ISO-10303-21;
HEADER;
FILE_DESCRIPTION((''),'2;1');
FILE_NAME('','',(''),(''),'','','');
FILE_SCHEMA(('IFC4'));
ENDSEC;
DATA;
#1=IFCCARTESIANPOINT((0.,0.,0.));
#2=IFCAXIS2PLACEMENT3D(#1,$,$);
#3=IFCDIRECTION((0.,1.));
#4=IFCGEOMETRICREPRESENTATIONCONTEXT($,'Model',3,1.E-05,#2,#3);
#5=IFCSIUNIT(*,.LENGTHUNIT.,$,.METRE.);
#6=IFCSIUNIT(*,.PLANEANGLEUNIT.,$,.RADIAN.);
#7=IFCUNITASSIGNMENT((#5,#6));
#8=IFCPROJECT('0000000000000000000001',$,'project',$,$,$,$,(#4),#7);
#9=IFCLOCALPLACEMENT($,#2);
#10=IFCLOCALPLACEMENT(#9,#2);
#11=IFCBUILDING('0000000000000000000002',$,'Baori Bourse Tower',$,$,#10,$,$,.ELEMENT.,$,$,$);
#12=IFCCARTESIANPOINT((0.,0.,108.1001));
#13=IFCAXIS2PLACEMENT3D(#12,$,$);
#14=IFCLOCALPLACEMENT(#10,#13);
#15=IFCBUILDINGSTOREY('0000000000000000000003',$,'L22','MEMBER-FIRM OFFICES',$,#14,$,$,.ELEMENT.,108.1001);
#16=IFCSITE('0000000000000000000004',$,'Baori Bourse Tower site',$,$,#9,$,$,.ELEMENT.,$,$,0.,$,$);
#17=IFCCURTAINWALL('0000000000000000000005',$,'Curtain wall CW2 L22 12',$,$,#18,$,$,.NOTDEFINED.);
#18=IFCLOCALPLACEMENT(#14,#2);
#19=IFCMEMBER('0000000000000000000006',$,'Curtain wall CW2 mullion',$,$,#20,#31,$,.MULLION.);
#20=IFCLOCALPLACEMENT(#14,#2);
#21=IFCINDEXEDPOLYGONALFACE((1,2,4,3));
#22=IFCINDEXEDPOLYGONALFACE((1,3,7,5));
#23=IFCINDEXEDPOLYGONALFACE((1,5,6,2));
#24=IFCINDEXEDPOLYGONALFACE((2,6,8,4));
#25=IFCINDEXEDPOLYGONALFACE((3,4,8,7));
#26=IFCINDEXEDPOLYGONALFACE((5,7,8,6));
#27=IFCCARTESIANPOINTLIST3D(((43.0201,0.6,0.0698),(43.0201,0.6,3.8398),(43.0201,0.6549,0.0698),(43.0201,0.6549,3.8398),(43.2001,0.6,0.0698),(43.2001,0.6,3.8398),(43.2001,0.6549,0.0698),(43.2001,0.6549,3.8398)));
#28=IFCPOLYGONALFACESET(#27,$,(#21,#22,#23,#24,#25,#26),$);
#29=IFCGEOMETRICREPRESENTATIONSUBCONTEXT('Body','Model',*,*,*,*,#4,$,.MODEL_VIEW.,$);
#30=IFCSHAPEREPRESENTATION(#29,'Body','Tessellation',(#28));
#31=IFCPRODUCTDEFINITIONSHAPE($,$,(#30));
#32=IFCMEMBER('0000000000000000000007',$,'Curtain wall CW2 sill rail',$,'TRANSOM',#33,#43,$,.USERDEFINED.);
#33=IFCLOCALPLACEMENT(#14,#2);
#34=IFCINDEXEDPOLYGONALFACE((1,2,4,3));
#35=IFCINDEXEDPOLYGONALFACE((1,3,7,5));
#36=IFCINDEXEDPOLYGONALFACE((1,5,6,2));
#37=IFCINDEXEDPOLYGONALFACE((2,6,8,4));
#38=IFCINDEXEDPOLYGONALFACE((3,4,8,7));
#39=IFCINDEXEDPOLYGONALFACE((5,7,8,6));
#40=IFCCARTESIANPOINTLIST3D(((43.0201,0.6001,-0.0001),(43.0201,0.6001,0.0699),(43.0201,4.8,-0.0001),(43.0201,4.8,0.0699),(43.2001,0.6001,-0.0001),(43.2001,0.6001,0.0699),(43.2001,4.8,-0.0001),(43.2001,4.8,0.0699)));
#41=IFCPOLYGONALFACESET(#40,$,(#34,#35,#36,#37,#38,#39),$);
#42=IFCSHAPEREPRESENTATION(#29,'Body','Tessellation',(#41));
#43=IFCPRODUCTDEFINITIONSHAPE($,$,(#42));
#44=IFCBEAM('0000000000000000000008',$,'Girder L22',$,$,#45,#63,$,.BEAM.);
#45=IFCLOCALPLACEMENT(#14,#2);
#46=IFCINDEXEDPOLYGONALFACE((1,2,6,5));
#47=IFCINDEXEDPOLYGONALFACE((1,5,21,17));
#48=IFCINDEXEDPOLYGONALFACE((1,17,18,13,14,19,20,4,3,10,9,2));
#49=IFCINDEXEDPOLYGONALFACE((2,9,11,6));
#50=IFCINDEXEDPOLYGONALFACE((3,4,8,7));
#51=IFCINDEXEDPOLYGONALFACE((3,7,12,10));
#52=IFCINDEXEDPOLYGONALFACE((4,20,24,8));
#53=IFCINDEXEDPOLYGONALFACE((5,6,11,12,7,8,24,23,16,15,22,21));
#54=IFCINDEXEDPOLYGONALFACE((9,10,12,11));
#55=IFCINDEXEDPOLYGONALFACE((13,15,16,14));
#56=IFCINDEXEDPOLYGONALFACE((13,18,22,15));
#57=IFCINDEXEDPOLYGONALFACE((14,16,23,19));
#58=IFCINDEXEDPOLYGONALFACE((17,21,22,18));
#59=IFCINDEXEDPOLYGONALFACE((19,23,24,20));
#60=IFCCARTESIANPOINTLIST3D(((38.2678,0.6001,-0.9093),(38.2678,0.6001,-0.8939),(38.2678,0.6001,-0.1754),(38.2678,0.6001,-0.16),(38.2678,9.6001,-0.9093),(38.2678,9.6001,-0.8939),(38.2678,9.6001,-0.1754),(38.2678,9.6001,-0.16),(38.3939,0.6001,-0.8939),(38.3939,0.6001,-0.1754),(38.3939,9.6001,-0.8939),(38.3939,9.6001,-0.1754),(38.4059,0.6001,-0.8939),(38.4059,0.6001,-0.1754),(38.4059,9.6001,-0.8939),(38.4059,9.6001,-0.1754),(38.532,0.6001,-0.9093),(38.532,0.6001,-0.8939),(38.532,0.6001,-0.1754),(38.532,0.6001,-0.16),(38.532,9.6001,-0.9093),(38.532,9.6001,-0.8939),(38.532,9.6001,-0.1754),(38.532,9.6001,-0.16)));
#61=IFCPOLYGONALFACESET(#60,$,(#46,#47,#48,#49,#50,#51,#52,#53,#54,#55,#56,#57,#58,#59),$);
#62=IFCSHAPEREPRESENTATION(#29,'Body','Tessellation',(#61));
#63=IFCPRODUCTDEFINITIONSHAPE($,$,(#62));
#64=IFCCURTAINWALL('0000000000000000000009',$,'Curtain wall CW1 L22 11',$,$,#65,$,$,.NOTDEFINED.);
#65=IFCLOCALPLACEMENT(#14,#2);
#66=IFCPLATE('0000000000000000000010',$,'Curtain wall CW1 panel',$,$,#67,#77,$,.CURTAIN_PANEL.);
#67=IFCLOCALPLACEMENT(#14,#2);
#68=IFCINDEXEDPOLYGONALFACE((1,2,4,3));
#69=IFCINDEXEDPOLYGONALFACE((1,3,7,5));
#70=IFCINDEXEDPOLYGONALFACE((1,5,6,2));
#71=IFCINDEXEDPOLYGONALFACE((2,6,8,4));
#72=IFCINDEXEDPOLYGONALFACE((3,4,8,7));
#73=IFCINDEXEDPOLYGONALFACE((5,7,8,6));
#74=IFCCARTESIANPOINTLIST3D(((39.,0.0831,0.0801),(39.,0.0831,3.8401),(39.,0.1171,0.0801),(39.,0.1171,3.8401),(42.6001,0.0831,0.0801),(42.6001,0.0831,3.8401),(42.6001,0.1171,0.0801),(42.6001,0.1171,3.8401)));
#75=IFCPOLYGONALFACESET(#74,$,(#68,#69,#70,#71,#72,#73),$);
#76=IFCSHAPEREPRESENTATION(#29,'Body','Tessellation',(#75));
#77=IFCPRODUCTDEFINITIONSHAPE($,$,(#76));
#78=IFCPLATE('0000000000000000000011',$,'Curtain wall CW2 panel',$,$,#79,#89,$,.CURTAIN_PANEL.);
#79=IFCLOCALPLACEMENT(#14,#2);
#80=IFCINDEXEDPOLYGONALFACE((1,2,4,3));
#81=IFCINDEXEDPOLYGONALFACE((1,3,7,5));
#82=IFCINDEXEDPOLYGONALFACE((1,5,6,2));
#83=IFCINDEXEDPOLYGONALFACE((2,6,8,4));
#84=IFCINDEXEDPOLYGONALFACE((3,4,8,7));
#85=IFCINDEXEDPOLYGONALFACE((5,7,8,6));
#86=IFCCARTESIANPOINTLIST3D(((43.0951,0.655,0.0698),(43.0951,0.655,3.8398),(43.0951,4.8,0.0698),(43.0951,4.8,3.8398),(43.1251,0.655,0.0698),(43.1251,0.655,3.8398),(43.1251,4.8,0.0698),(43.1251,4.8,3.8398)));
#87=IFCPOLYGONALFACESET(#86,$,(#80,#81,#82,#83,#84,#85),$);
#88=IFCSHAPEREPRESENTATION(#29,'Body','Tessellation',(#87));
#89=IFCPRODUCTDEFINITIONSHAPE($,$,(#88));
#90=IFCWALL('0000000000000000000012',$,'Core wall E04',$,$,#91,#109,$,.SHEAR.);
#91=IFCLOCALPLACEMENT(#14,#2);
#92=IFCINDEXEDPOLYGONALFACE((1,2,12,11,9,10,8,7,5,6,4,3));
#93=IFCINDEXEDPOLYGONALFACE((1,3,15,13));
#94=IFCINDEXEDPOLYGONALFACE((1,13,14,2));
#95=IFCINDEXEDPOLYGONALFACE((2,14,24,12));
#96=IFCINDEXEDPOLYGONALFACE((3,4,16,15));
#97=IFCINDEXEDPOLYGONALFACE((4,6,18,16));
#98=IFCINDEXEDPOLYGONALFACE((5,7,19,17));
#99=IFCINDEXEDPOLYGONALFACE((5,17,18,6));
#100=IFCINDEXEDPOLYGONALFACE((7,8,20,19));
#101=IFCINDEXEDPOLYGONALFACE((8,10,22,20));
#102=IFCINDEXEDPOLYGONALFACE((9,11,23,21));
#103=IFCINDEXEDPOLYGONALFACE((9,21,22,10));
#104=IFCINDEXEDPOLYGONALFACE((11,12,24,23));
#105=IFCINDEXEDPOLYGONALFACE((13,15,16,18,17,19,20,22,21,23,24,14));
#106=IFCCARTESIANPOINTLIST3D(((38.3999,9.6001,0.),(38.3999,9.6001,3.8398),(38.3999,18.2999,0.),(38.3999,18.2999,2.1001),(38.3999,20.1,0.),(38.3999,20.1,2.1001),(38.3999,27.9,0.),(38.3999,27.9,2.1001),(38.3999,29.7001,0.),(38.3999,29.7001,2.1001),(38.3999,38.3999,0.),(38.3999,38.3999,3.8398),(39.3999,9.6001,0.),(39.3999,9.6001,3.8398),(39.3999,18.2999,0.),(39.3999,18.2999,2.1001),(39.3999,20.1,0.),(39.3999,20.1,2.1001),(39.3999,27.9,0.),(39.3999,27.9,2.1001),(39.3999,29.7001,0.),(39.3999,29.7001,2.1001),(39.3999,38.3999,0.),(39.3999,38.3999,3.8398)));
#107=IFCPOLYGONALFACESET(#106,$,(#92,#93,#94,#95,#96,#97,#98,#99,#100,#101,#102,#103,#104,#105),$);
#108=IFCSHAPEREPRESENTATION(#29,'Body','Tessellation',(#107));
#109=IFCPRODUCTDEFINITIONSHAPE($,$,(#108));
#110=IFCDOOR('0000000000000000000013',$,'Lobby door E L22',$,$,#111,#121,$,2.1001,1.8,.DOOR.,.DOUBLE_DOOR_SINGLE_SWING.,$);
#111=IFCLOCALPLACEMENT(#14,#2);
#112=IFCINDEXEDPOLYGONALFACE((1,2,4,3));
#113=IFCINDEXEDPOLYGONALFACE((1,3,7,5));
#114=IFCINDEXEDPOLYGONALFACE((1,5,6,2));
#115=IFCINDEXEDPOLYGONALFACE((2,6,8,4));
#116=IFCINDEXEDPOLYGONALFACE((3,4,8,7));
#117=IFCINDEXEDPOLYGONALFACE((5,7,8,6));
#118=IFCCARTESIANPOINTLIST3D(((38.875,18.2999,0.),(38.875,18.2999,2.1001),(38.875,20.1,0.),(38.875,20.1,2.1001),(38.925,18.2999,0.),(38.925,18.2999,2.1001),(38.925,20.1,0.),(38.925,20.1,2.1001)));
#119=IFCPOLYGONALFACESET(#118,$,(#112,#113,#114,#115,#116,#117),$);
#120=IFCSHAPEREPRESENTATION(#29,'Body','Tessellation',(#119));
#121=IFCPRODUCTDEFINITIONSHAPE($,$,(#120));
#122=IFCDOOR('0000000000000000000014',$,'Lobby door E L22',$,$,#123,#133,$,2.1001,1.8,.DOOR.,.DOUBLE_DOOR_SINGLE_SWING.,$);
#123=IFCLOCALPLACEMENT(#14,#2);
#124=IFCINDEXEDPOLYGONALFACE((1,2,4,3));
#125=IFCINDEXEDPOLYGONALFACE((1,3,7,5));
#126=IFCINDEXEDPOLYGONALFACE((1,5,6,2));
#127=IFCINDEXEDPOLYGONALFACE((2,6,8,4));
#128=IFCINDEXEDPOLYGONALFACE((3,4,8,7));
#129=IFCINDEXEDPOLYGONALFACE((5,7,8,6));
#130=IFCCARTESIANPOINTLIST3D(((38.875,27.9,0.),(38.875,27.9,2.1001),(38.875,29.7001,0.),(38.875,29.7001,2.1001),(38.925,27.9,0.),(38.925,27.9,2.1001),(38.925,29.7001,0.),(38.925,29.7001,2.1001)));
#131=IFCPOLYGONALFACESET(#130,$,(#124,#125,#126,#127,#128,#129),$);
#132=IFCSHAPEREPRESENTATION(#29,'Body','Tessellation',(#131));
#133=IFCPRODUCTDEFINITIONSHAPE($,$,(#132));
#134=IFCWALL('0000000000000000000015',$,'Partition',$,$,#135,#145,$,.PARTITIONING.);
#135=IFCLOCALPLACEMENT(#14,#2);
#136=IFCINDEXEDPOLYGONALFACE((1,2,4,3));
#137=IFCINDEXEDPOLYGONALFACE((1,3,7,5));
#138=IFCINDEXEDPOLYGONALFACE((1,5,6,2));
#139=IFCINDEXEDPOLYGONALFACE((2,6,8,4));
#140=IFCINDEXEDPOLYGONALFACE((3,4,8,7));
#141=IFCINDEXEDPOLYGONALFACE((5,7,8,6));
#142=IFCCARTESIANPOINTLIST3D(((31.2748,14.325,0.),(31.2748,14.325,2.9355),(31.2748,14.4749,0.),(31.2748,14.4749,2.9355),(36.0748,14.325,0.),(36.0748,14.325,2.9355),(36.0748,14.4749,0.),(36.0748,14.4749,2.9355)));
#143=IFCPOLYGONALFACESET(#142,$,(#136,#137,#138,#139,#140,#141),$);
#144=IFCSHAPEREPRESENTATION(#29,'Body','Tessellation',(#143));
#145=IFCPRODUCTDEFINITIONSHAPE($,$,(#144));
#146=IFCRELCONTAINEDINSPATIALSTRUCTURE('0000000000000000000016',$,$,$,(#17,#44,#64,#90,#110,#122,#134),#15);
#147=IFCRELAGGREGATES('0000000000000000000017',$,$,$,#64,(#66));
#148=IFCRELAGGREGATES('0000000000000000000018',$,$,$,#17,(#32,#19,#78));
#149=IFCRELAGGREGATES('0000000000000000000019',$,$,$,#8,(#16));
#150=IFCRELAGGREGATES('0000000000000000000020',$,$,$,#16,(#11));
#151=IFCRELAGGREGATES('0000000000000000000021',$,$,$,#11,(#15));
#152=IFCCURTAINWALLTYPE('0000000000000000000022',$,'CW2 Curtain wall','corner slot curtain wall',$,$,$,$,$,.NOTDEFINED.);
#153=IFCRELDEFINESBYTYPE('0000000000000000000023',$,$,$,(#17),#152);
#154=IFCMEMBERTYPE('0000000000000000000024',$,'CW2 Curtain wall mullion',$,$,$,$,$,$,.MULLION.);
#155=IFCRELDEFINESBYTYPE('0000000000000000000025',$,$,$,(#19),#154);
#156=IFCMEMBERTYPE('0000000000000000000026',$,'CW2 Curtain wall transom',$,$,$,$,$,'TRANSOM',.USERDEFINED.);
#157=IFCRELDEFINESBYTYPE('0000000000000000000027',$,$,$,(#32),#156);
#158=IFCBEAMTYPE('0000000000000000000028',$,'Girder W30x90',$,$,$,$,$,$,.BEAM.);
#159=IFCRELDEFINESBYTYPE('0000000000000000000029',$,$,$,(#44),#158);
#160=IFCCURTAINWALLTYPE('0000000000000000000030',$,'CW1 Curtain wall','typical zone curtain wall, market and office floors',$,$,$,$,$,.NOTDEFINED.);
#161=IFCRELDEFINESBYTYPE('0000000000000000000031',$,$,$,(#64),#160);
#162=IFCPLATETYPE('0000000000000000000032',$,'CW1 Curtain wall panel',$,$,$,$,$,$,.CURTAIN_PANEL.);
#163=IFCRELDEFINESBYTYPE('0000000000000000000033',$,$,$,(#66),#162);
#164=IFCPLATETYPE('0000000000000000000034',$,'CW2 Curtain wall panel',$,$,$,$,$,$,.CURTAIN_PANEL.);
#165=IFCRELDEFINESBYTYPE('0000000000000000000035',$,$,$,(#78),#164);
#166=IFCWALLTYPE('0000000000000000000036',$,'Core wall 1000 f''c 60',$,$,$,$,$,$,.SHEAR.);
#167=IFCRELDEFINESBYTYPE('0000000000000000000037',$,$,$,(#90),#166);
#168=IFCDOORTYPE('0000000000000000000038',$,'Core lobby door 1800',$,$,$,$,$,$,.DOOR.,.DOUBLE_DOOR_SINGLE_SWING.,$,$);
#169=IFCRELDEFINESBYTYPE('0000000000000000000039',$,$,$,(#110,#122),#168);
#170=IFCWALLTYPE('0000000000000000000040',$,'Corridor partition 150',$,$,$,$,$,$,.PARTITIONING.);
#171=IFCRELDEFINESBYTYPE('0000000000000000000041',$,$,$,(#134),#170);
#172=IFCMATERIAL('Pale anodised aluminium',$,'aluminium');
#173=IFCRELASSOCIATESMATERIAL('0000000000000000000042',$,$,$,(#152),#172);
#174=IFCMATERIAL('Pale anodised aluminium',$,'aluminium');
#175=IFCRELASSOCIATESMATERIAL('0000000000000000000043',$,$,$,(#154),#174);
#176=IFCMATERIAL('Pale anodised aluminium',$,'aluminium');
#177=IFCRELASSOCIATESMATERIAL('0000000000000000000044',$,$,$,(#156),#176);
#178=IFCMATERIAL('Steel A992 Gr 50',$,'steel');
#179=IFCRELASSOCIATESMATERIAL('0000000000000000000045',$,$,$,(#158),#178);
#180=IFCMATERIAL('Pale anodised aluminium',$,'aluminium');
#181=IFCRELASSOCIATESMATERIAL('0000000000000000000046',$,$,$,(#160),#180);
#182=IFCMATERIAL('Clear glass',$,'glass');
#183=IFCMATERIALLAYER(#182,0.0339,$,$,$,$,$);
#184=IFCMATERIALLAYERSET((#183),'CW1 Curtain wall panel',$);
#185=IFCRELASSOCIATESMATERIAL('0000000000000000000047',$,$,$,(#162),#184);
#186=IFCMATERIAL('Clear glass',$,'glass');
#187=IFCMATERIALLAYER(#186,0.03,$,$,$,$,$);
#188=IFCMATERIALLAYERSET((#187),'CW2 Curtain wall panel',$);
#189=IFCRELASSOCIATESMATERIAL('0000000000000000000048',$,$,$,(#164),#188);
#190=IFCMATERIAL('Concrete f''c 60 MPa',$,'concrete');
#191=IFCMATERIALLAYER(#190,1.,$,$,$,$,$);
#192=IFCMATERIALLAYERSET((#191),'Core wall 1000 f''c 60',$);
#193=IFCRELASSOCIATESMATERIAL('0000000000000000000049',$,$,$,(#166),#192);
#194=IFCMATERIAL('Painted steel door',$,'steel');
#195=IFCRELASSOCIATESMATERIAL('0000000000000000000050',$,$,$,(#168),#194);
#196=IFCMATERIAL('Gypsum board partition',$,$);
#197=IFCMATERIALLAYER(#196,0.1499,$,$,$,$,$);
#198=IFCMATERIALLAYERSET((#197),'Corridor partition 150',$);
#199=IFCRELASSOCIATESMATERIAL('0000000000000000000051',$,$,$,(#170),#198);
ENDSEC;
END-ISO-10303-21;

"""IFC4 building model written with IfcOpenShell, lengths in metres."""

from ifc_helpers import new_model, si_unit, direction, frame, frame_2d, origin, origin_2d, place, context, subcontext, project, spatial, rectangle, i_section, extrude, material, layer, layer_set, material_profile, profile_set, type_object, element, fill, aggregate, save


model = new_model("IFC4")

# Units and contexts
model_context = context("Model", 3, precision=1e-05, world=origin(), true_north=direction((0.0, 1.0)))
body_context = subcontext(model_context, "Body", "Model", "MODEL_VIEW")
ifc_project = project(units=[si_unit("LENGTHUNIT", "METRE"), si_unit("PLANEANGLEUNIT", "RADIAN")], contexts=[model_context])

# Site, building, storey
site_placement = place(None, origin())
site = spatial("IfcSite", under=ifc_project, at=site_placement, Name="Baori Bourse Tower site", CompositionType="ELEMENT", RefElevation=0.0)
building_placement = place(site_placement, origin())
building = spatial("IfcBuilding", under=site, at=building_placement, Name="Baori Bourse Tower", CompositionType="ELEMENT")
storey_placement = place(building_placement, frame((0.0, 0.0, 108.1001)))
storey = spatial("IfcBuildingStorey", under=building, at=storey_placement, Name="L22", Description="MEMBER-FIRM OFFICES", CompositionType="ELEMENT", Elevation=108.1001)

# Curtain wall, members
ifc_material_1 = material(Name="Pale anodised aluminium", Category="aluminium")
curtain_wall_type_1 = type_object("IfcCurtainWallType", Name="CW2 Curtain wall", Description="corner slot curtain wall", PredefinedType="NOTDEFINED", material=ifc_material_1)
curtain_wall_1_placement = place(storey_placement, origin())
curtain_wall_1 = element("IfcCurtainWall", 1, at=curtain_wall_1_placement, inside=storey, type_object=curtain_wall_type_1, Name="Curtain wall CW2 L22 12", PredefinedType="NOTDEFINED")
ifc_material_2 = material(Name="Pale anodised aluminium", Category="aluminium")
ifc_material_profile_1 = material_profile(ifc_material_2, rectangle(XDim=0.1799, YDim=0.0549, at=origin_2d()), Name="Mullion 55x180")
ifc_profile_set_1 = profile_set([ifc_material_profile_1], Name="Pale anodised aluminium")
member_type_1 = type_object("IfcMemberType", Name="CW2 Curtain wall mullion", PredefinedType="MULLION", material=ifc_profile_set_1)
member_1_placement = place(storey_placement, frame((43.1101, 0.6274, 0.0698), z_axis=(0.0, 0.0, 1.0), x_axis=(-1.0, 0.0, 0.0)))
member_1 = element("IfcMember", 2, at=member_1_placement, type_object=member_type_1, Name="Curtain wall CW2 mullion", PredefinedType="MULLION", context=body_context, shape_type="SweptSolid", body=[
    extrude(rectangle(XDim=0.1799, YDim=0.0549, at=origin_2d()), origin(), (0.0, 0.0, 1.0), 3.77),
])
ifc_material_3 = material(Name="Pale anodised aluminium", Category="aluminium")
ifc_material_profile_2 = material_profile(ifc_material_3, rectangle(XDim=0.1799, YDim=0.0701, at=origin_2d()), Name="Transom 70x180")
ifc_profile_set_2 = profile_set([ifc_material_profile_2], Name="Pale anodised aluminium")
member_type_2 = type_object("IfcMemberType", Name="CW2 Curtain wall transom", ElementType="TRANSOM", PredefinedType="USERDEFINED", material=ifc_profile_set_2)
member_2_placement = place(storey_placement, frame((43.1101, 0.6001, 0.0349), z_axis=(0.0, 1.0, 0.0), x_axis=(-1.0, 0.0, 0.0)))
member_2 = element("IfcMember", 3, at=member_2_placement, type_object=member_type_2, Name="Curtain wall CW2 sill rail", ObjectType="TRANSOM", PredefinedType="USERDEFINED", context=body_context, shape_type="SweptSolid", body=[
    extrude(rectangle(XDim=0.1799, YDim=0.0701, at=origin_2d()), origin(), (0.0, 0.0, 1.0), 4.2),
])

# Beam
ifc_material_4 = material(Name="Steel A992 Gr 50", Category="steel")
ifc_material_profile_3 = material_profile(ifc_material_4, i_section(OverallWidth=0.2642, OverallDepth=0.7493, WebThickness=0.012, FlangeThickness=0.0154, at=origin_2d()), Name="W30x90")
ifc_profile_set_3 = profile_set([ifc_material_profile_3], Name="Steel A992 Gr 50")
beam_type = type_object("IfcBeamType", Name="Girder W30x90", PredefinedType="BEAM", material=ifc_profile_set_3)
beam_placement = place(storey_placement, frame((38.3999, 0.6001, -0.5347), z_axis=(0.0, 1.0, 0.0), x_axis=(-1.0, 0.0, 0.0)))
element("IfcBeam", 4, at=beam_placement, inside=storey, type_object=beam_type, Name="Girder L22", PredefinedType="BEAM", context=body_context, shape_type="SweptSolid", body=[
    extrude(i_section(OverallWidth=0.2642, OverallDepth=0.7493, WebThickness=0.012, FlangeThickness=0.0154, at=origin_2d()), origin(), (0.0, 0.0, 1.0), 9.0),
])

# Curtain wall, plate
ifc_material_5 = material(Name="Pale anodised aluminium", Category="aluminium")
curtain_wall_type_2 = type_object("IfcCurtainWallType", Name="CW1 Curtain wall", Description="typical zone curtain wall, market and office floors", PredefinedType="NOTDEFINED", material=ifc_material_5)
curtain_wall_2_placement = place(storey_placement, origin())
curtain_wall_2 = element("IfcCurtainWall", 5, at=curtain_wall_2_placement, inside=storey, type_object=curtain_wall_type_2, Name="Curtain wall CW1 L22 11", PredefinedType="NOTDEFINED")
ifc_material_6 = material(Name="Clear glass", Category="glass")
ifc_layer_1 = layer(ifc_material_6, 0.0339)
ifc_layer_set_1 = layer_set([ifc_layer_1], Name="CW1 Curtain wall panel")
plate_type_1 = type_object("IfcPlateType", Name="CW1 Curtain wall panel", PredefinedType="CURTAIN_PANEL", material=ifc_layer_set_1)
plate_1_placement = place(storey_placement, frame((40.8, 0.1001, 0.0801), z_axis=(0.0, 0.0, 1.0), x_axis=(1.0, 0.0, 0.0)))
plate_1 = element("IfcPlate", 6, at=plate_1_placement, type_object=plate_type_1, Name="Curtain wall CW1 panel", PredefinedType="CURTAIN_PANEL", context=body_context, shape_type="SweptSolid", body=[
    extrude(rectangle(XDim=3.6001, YDim=0.0339, at=origin_2d()), origin(), (0.0, 0.0, 1.0), 3.76),
])
aggregate(curtain_wall_2, [plate_1])

# Plate
ifc_material_7 = material(Name="Clear glass", Category="glass")
ifc_layer_2 = layer(ifc_material_7, 0.03)
ifc_layer_set_2 = layer_set([ifc_layer_2], Name="CW2 Curtain wall panel")
plate_type_2 = type_object("IfcPlateType", Name="CW2 Curtain wall panel", PredefinedType="CURTAIN_PANEL", material=ifc_layer_set_2)
plate_2_placement = place(storey_placement, frame((43.1101, 2.7275, 0.0698), z_axis=(0.0, 0.0, 1.0), x_axis=(0.0, 1.0, 0.0)))
plate_2 = element("IfcPlate", 7, at=plate_2_placement, type_object=plate_type_2, Name="Curtain wall CW2 panel", PredefinedType="CURTAIN_PANEL", context=body_context, shape_type="SweptSolid", body=[
    extrude(rectangle(XDim=4.145, YDim=0.03, at=origin_2d()), origin(), (0.0, 0.0, 1.0), 3.77),
])
aggregate(curtain_wall_1, [member_2, member_1, plate_2])

# Wall, openings, doors
ifc_material_8 = material(Name="Concrete f'c 60 MPa", Category="concrete")
ifc_layer_3 = layer(ifc_material_8, 1.0)
ifc_layer_set_3 = layer_set([ifc_layer_3], Name="Core wall 1000 f'c 60")
wall_type_1 = type_object("IfcWallType", Name="Core wall 1000 f'c 60", PredefinedType="SHEAR", material=ifc_layer_set_3)
wall_1_placement = place(storey_placement, frame((38.8999, 9.6001, 0.0), z_axis=(0.0, 0.0, 1.0), x_axis=(0.0, 1.0, 0.0)))
wall_1 = element("IfcWall", 8, at=wall_1_placement, inside=storey, type_object=wall_type_1, Name="Core wall E04", PredefinedType="SHEAR", context=body_context, shape_type="SweptSolid", body=[
    extrude(rectangle(XDim=28.7998, YDim=1.0, at=frame_2d((14.3999, 0.0))), origin(), (0.0, 0.0, 1.0), 3.8398),
])
opening_1_placement = place(wall_1_placement, frame((8.7, 0.0, 0.0)))
opening_1 = element("IfcOpeningElement", 9, at=opening_1_placement, cuts=wall_1, PredefinedType="OPENING", context=body_context, shape_type="SweptSolid", body=[
    extrude(rectangle(XDim=1.8, YDim=2.1001, at=frame_2d((0.8999, 1.05))), frame((0.0, 0.51, 0.0), z_axis=(0.0, -1.0, 0.0), x_axis=(1.0, 0.0, 0.0)), (0.0, 0.0, 1.0), 1.02),
])
opening_2_placement = place(wall_1_placement, frame((18.3, 0.0, 0.0)))
opening_2 = element("IfcOpeningElement", 10, at=opening_2_placement, cuts=wall_1, PredefinedType="OPENING", context=body_context, shape_type="SweptSolid", body=[
    extrude(rectangle(XDim=1.8, YDim=2.1001, at=frame_2d((0.8999, 1.05))), frame((0.0, 0.51, 0.0), z_axis=(0.0, -1.0, 0.0), x_axis=(1.0, 0.0, 0.0)), (0.0, 0.0, 1.0), 1.02),
])
ifc_material_9 = material(Name="Painted steel door", Category="steel")
door_type_1 = type_object("IfcDoorType", Name="Core lobby door 1800", OperationType="DOUBLE_DOOR_SINGLE_SWING", PredefinedType="DOOR", material=ifc_material_9)
door_1_placement = place(opening_1_placement, origin())
door_1 = element("IfcDoor", 11, at=door_1_placement, inside=storey, type_object=door_type_1, Name="Lobby door E L22", OperationType="DOUBLE_DOOR_SINGLE_SWING", OverallHeight=2.1001, OverallWidth=1.8, PredefinedType="DOOR", context=body_context, shape_type="SweptSolid", body=[
    extrude(rectangle(XDim=1.8, YDim=2.1001, at=frame_2d((0.8999, 1.05))), frame((0.0, 0.0249, 0.0), z_axis=(0.0, -1.0, 0.0), x_axis=(1.0, 0.0, 0.0)), (0.0, 0.0, 1.0), 0.05),
])
fill(opening_1, door_1)
door_2_placement = place(opening_2_placement, origin())
door_2 = element("IfcDoor", 12, at=door_2_placement, inside=storey, type_object=door_type_1, Name="Lobby door E L22", OperationType="DOUBLE_DOOR_SINGLE_SWING", OverallHeight=2.1001, OverallWidth=1.8, PredefinedType="DOOR", context=body_context, shape_type="SweptSolid", body=[
    extrude(rectangle(XDim=1.8, YDim=2.1001, at=frame_2d((0.8999, 1.05))), frame((0.0, 0.0249, 0.0), z_axis=(0.0, -1.0, 0.0), x_axis=(1.0, 0.0, 0.0)), (0.0, 0.0, 1.0), 0.05),
])
fill(opening_2, door_2)

# Wall
ifc_material_10 = material(Name="Gypsum board partition")
ifc_layer_4 = layer(ifc_material_10, 0.1499)
ifc_layer_set_4 = layer_set([ifc_layer_4], Name="Corridor partition 150")
wall_type_2 = type_object("IfcWallType", Name="Corridor partition 150", PredefinedType="PARTITIONING", material=ifc_layer_set_4)
wall_2_placement = place(storey_placement, frame((31.2749, 14.3999, 0.0), z_axis=(0.0, 0.0, 1.0), x_axis=(1.0, 0.0, 0.0)))
element("IfcWall", 13, at=wall_2_placement, inside=storey, type_object=wall_type_2, Name="Partition", PredefinedType="PARTITIONING", context=body_context, shape_type="SweptSolid", body=[
    extrude(rectangle(XDim=4.8, YDim=0.1499, at=frame_2d((2.3999, 0.0))), origin(), (0.0, 0.0, 1.0), 2.9355),
])

save(model, "model.ifc")
